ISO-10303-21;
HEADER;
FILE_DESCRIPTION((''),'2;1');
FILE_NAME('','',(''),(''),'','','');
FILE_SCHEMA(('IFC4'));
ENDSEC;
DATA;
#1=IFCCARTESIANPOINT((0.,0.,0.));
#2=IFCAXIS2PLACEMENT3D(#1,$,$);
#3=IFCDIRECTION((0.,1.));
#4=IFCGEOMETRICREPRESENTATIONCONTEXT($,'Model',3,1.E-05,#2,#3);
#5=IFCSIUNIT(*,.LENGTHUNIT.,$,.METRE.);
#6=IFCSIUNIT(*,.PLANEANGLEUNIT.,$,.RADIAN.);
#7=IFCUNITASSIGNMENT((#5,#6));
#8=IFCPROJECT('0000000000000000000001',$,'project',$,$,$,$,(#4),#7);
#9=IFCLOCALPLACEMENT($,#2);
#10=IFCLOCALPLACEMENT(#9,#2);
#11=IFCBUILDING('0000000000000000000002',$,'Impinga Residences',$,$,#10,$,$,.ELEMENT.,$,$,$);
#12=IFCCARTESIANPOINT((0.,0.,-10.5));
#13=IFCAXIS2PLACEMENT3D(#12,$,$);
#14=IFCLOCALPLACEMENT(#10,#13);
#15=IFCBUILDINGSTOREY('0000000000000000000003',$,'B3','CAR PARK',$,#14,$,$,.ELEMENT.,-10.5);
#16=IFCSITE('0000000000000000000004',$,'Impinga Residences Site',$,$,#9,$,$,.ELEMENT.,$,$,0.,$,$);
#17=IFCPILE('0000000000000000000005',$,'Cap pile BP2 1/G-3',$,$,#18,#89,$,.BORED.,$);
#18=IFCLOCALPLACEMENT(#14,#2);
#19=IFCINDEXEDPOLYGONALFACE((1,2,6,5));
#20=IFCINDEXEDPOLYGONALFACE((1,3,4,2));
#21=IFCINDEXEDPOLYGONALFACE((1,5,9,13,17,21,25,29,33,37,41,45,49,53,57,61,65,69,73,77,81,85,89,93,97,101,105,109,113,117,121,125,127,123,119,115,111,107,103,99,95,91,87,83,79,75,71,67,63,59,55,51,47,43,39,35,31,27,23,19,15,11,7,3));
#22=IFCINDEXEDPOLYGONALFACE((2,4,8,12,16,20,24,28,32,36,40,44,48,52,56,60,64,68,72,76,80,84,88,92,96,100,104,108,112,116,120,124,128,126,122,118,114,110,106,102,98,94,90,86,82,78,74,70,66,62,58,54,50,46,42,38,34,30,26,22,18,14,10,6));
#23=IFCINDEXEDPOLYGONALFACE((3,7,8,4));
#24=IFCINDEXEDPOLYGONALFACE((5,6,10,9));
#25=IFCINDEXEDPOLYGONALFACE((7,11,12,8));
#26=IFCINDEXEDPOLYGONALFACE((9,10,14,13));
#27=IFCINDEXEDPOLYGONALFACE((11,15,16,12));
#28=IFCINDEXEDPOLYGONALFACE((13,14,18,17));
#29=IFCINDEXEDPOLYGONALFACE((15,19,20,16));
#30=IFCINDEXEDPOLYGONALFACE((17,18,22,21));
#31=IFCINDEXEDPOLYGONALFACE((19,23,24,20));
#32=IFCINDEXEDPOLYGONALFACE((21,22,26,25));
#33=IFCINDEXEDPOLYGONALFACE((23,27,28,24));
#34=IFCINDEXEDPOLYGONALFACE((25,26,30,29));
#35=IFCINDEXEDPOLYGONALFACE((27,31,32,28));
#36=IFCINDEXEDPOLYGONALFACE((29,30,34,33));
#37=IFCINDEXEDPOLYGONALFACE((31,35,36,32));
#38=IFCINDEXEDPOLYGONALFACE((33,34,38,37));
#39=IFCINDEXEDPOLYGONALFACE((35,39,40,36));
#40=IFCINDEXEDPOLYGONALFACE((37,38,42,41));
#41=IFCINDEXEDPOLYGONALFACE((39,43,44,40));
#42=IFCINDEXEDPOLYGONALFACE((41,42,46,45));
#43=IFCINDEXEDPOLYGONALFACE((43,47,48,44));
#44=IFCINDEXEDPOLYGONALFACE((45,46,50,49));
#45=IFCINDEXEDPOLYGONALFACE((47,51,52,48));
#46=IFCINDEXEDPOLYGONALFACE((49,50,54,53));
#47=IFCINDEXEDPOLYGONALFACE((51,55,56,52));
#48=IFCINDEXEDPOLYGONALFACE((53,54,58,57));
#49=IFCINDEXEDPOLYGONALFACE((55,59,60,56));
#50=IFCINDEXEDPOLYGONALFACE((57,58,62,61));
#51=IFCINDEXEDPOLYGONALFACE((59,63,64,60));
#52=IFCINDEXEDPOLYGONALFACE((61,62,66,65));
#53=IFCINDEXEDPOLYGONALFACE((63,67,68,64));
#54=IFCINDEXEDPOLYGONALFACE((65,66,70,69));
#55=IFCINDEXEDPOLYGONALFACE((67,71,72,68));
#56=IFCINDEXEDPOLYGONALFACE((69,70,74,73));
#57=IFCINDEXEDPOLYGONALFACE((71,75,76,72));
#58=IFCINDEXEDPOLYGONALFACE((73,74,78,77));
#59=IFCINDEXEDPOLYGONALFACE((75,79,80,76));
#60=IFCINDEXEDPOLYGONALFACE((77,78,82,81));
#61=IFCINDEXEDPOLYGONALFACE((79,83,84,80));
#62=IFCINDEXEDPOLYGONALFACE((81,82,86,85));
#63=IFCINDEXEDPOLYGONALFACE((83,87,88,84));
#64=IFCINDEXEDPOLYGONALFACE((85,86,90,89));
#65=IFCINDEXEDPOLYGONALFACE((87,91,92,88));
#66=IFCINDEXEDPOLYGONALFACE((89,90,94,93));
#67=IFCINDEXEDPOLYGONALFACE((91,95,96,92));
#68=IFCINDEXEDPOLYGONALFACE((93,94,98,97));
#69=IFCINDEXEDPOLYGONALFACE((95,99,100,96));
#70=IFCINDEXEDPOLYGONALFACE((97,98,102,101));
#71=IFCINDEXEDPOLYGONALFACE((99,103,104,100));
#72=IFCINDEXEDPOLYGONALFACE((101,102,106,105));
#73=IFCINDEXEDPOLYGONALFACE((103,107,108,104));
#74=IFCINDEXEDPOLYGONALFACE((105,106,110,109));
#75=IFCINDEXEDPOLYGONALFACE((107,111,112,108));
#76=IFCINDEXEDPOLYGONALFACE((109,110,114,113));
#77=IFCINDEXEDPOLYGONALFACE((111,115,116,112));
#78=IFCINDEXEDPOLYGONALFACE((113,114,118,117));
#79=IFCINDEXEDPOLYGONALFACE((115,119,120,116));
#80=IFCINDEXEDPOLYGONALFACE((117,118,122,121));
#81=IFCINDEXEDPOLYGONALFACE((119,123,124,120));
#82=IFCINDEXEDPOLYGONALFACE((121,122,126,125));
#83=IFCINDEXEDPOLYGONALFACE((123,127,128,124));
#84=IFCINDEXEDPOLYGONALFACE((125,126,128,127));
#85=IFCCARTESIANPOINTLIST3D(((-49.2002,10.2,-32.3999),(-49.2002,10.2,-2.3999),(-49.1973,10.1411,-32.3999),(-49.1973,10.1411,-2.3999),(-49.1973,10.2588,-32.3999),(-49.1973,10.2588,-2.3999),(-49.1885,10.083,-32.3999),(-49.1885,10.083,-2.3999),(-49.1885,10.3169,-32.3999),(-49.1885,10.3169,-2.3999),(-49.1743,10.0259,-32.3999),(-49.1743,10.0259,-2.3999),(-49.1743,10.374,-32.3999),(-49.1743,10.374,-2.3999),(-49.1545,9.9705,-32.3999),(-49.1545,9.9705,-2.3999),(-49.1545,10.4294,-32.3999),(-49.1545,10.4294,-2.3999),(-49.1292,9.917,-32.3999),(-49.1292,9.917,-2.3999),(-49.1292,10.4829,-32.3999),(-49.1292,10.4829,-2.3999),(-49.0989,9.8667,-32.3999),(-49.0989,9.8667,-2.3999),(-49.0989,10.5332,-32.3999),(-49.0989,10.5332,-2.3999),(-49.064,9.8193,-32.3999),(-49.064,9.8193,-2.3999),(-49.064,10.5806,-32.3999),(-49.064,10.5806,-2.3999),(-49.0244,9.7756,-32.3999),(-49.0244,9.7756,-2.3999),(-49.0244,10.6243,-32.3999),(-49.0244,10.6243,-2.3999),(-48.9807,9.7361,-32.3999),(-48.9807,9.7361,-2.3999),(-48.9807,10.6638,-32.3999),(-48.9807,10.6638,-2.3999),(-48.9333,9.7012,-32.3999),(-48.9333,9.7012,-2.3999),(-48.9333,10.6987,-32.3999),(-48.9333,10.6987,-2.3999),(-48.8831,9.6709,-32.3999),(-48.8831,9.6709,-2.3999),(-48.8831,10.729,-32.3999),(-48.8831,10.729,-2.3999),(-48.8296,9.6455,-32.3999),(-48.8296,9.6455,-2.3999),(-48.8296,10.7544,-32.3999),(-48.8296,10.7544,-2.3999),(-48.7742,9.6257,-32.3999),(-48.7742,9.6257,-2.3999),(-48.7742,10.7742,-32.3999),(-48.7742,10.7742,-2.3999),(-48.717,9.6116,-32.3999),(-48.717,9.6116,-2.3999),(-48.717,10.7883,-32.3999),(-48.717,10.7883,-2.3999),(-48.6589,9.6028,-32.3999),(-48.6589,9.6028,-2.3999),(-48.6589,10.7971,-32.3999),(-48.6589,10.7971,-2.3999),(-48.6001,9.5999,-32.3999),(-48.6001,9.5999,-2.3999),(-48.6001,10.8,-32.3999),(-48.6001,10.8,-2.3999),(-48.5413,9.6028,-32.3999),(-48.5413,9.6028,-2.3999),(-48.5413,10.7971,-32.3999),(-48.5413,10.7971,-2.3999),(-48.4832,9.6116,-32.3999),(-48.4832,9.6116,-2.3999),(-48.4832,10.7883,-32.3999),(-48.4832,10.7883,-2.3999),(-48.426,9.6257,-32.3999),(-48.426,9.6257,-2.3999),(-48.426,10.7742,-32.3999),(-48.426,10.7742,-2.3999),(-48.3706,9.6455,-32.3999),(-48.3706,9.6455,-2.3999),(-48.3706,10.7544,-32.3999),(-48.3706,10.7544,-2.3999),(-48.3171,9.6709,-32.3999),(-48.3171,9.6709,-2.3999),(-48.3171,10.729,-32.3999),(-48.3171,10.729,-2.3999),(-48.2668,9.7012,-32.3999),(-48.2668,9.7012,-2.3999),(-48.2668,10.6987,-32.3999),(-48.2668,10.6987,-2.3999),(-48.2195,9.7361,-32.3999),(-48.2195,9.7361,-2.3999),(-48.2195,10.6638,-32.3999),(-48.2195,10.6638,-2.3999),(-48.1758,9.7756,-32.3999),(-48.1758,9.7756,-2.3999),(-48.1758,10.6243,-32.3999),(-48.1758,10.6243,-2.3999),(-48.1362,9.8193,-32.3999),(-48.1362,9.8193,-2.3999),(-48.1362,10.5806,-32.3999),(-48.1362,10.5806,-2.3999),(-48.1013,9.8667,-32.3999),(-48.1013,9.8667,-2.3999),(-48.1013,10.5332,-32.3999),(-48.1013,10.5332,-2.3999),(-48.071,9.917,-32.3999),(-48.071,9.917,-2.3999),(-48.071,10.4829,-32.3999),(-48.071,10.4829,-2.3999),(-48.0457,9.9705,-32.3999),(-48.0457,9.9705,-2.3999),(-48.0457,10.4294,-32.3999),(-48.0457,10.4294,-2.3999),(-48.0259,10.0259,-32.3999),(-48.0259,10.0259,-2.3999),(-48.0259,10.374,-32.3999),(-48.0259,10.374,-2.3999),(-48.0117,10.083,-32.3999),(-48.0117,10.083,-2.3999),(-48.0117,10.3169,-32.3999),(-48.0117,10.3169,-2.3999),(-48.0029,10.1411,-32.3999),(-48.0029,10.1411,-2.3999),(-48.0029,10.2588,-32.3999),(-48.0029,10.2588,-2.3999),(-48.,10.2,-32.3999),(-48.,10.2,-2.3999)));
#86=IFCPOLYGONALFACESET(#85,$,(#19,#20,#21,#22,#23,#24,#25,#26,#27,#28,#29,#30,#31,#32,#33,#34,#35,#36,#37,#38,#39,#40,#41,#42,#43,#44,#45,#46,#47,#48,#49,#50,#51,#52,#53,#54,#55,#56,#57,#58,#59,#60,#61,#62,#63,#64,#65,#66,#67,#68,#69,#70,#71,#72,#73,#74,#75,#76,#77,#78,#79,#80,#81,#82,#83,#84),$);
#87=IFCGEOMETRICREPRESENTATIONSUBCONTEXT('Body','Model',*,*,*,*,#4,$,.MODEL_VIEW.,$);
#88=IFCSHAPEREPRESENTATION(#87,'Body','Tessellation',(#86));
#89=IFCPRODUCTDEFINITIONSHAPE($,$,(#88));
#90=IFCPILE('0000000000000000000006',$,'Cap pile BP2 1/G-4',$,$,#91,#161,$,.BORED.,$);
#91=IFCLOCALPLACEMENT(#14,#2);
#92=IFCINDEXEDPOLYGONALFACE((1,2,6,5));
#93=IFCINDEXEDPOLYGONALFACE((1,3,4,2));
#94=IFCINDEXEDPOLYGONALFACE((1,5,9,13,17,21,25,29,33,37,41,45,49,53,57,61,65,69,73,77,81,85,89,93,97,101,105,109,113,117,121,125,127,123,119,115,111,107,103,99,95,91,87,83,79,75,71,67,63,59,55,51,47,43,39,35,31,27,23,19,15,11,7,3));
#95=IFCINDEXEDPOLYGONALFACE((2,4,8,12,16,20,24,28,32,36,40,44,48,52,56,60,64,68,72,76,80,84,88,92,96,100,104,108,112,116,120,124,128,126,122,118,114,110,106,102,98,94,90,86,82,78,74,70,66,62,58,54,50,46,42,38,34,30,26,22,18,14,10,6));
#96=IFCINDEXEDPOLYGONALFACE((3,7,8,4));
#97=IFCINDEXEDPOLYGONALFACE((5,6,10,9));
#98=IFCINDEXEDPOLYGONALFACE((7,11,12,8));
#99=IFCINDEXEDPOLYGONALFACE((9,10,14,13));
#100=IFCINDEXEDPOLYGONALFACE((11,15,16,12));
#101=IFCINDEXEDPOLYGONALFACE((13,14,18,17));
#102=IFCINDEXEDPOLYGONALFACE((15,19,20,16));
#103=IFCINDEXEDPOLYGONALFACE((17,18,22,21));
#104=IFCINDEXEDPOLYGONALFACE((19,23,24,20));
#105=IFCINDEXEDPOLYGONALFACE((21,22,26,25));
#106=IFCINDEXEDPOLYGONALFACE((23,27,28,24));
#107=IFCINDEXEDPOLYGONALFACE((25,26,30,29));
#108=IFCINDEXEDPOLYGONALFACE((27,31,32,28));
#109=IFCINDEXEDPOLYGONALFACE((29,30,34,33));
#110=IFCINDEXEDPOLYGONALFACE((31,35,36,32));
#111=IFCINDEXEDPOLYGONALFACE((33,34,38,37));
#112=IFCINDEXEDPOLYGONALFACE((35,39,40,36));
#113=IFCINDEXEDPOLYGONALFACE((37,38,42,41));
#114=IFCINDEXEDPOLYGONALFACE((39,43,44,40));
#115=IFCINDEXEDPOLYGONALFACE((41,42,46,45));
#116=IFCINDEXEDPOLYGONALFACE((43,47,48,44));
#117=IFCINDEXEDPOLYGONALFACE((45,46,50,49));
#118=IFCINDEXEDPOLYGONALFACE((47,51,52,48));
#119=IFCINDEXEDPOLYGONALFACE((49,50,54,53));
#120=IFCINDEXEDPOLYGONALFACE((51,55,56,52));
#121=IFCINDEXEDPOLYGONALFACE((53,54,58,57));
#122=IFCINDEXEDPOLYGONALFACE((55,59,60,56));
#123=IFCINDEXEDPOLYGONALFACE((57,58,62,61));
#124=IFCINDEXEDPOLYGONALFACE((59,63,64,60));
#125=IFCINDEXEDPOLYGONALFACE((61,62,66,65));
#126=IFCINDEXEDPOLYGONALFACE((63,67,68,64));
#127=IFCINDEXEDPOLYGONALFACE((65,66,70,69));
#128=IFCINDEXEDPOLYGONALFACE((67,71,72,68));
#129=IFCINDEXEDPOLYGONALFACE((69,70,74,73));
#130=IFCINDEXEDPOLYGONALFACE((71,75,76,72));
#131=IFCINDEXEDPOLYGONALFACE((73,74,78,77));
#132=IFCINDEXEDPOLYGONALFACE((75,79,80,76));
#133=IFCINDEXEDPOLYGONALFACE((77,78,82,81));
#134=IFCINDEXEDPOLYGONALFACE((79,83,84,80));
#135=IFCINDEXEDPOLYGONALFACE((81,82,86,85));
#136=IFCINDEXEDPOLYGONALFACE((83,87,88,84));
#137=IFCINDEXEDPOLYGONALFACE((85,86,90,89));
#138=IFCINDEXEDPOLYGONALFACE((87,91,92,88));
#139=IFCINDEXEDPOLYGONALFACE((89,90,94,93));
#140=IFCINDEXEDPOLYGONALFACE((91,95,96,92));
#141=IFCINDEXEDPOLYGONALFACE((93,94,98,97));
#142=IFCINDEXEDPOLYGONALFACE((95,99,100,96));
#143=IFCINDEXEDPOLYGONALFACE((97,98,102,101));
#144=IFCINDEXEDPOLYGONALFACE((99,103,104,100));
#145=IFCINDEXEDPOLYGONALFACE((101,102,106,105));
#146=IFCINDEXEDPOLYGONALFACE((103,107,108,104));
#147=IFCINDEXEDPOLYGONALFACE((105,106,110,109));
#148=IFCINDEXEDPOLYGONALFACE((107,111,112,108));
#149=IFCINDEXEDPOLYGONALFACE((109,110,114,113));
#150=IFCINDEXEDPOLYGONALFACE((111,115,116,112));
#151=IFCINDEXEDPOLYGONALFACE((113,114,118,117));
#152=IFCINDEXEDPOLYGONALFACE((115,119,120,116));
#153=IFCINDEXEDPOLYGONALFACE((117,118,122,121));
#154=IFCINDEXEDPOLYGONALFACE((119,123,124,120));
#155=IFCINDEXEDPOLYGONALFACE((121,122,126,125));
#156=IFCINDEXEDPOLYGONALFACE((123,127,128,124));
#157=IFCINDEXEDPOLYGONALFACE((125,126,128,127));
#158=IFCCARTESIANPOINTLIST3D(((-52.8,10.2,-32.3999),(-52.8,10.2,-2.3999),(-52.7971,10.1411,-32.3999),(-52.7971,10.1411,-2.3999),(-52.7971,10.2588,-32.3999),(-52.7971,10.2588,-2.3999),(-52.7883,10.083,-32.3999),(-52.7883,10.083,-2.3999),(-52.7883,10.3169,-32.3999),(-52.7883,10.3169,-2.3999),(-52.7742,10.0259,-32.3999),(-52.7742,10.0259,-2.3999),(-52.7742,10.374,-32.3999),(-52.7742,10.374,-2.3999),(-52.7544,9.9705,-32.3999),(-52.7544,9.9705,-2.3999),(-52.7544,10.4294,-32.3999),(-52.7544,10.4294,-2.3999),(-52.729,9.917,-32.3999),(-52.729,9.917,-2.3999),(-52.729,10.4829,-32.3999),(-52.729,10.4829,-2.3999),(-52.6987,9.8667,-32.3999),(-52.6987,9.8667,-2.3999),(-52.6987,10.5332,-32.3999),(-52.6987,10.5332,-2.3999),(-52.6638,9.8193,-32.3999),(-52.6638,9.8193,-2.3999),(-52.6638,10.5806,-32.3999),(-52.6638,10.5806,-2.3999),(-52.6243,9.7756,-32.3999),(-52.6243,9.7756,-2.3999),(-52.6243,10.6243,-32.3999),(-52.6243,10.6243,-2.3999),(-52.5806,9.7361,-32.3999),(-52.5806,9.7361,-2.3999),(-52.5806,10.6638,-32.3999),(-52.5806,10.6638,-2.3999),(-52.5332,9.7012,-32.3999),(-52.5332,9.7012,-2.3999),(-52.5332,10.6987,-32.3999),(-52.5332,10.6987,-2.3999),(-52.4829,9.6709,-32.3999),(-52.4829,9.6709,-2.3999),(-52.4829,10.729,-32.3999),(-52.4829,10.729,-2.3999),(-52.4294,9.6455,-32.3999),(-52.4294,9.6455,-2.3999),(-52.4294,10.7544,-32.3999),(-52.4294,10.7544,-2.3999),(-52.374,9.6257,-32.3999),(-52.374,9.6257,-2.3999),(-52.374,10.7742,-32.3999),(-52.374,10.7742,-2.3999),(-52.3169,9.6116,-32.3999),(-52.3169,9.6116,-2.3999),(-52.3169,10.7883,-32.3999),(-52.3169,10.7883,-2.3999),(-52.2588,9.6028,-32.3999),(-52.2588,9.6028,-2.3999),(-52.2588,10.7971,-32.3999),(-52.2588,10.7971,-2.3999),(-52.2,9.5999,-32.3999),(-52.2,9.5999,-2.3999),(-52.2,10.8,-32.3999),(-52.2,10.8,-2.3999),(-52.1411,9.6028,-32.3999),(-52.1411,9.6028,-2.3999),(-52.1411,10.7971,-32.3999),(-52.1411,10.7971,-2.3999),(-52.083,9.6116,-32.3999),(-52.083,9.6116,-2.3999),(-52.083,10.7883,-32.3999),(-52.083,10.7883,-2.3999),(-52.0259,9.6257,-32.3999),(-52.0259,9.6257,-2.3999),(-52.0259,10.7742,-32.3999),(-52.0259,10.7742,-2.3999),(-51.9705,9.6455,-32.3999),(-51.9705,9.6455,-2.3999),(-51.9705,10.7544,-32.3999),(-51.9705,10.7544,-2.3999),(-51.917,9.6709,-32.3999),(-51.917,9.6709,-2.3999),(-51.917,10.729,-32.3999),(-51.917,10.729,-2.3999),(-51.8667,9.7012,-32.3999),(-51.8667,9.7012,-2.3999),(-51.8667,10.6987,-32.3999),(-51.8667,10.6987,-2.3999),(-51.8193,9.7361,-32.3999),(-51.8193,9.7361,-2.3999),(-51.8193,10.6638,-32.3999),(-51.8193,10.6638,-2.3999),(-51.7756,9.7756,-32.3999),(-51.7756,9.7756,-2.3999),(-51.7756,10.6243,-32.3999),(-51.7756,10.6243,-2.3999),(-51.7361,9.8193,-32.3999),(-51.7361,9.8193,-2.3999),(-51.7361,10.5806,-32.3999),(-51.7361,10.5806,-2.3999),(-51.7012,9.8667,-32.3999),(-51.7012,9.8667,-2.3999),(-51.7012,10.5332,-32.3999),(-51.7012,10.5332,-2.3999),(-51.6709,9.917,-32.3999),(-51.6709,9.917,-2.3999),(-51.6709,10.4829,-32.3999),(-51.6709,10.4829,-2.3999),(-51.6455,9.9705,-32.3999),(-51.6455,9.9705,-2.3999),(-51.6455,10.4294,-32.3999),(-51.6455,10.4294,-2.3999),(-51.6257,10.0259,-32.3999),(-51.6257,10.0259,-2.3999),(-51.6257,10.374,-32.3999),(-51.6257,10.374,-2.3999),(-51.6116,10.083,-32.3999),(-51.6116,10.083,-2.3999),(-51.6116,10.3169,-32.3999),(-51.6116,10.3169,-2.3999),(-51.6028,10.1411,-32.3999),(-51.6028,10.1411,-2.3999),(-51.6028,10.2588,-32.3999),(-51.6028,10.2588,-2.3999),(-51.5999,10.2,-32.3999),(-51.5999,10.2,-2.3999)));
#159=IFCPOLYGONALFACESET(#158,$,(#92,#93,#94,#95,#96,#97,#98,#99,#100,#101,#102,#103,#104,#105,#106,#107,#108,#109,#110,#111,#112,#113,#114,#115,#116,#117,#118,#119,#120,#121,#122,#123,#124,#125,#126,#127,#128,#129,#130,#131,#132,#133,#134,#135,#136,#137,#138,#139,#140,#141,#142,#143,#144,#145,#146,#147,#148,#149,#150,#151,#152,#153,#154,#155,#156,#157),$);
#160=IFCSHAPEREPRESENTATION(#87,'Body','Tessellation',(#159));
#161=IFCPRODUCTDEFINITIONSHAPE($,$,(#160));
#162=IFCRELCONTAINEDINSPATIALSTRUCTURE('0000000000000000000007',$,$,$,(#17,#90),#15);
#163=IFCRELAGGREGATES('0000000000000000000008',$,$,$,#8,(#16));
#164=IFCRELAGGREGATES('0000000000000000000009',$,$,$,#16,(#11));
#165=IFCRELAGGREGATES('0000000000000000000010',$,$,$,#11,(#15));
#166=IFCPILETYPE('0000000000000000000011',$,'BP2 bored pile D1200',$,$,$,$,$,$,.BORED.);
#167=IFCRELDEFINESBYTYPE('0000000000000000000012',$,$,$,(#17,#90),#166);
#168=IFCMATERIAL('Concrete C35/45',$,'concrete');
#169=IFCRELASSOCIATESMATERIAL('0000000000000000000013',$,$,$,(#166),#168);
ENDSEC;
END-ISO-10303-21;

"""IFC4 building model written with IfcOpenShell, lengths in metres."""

from ifc_helpers import new_model, si_unit, direction, frame, origin, origin_2d, place, context, subcontext, project, spatial, polyline, circle, outline, extrude, material, material_profile, profile_set, type_object, element, save


model = new_model("IFC4")

# Units and contexts
model_context = context("Model", 3, precision=1e-05, world=origin(), true_north=direction((0.0, 1.0)))
body_context = subcontext(model_context, "Body", "Model", "MODEL_VIEW")
ifc_project = project(units=[si_unit("LENGTHUNIT", "METRE"), si_unit("PLANEANGLEUNIT", "RADIAN")], contexts=[model_context])

# Site, building, storey
site_placement = place(None, origin())
site = spatial("IfcSite", under=ifc_project, at=site_placement, Name="Impinga Residences Site", CompositionType="ELEMENT", RefElevation=0.0)
building_placement = place(site_placement, origin())
building = spatial("IfcBuilding", under=site, at=building_placement, Name="Impinga Residences", CompositionType="ELEMENT")
storey_placement = place(building_placement, frame((0.0, 0.0, -10.5)))
storey = spatial("IfcBuildingStorey", under=building, at=storey_placement, Name="B3", Description="CAR PARK", CompositionType="ELEMENT", Elevation=-10.5)

# Piles
ifc_material_1 = material(Name="Concrete C35/45", Category="concrete")
ifc_material_profile_1 = material_profile(ifc_material_1, circle(Radius=0.6001, at=origin_2d()), Name="D1200")
ifc_profile_set_1 = profile_set([ifc_material_profile_1], Name="Concrete C35/45")
pile_type = type_object("IfcPileType", Name="BP2 bored pile D1200", PredefinedType="BORED", material=ifc_profile_set_1)
pile_1_placement = place(storey_placement, frame((-48.6001, 10.2, -2.3999), z_axis=(0.0, 0.0, -1.0), x_axis=(1.0, 0.0, 0.0)))
element("IfcPile", 1, at=pile_1_placement, inside=storey, type_object=pile_type, Name="Cap pile BP2 1/G-3", PredefinedType="BORED", context=body_context, shape_type="SweptSolid", body=[
    extrude(outline(polyline([(0.6001, 0.0), (0.5972, 0.0588), (0.5884, 0.1169), (0.5742, 0.1741), (0.5544, 0.2295), (0.5291, 0.283), (0.4988, 0.3333), (0.4639, 0.3806), (0.4243, 0.4243), (0.3806, 0.4639), (0.3333, 0.4988), (0.283, 0.5291), (0.2295, 0.5544), (0.1741, 0.5742), (0.1169, 0.5884), (0.0588, 0.5972), (0.0, 0.6001), (-0.0588, 0.5972), (-0.1169, 0.5884), (-0.1741, 0.5742), (-0.2295, 0.5544), (-0.283, 0.5291), (-0.3333, 0.4988), (-0.3806, 0.4639), (-0.4243, 0.4243), (-0.4639, 0.3806), (-0.4988, 0.3333), (-0.5291, 0.283), (-0.5544, 0.2295), (-0.5742, 0.1741), (-0.5884, 0.1169), (-0.5972, 0.0588), (-0.6001, 0.0), (-0.5972, -0.0588), (-0.5884, -0.1169), (-0.5742, -0.1741), (-0.5544, -0.2295), (-0.5291, -0.283), (-0.4988, -0.3333), (-0.4639, -0.3806), (-0.4243, -0.4243), (-0.3806, -0.4639), (-0.3333, -0.4988), (-0.283, -0.5291), (-0.2295, -0.5544), (-0.1741, -0.5742), (-0.1169, -0.5884), (-0.0588, -0.5972), (0.0, -0.6001), (0.0588, -0.5972), (0.1169, -0.5884), (0.1741, -0.5742), (0.2295, -0.5544), (0.283, -0.5291), (0.3333, -0.4988), (0.3806, -0.4639), (0.4243, -0.4243), (0.4639, -0.3806), (0.4988, -0.3333), (0.5291, -0.283), (0.5544, -0.2295), (0.5742, -0.1741), (0.5884, -0.1169), (0.5972, -0.0588), (0.6001, 0.0)])), origin(), (0.0, 0.0, 1.0), 30.0),
])
pile_2_placement = place(storey_placement, frame((-52.2, 10.2, -2.3999), z_axis=(0.0, 0.0, -1.0), x_axis=(1.0, 0.0, 0.0)))
element("IfcPile", 2, at=pile_2_placement, inside=storey, type_object=pile_type, Name="Cap pile BP2 1/G-4", PredefinedType="BORED", context=body_context, shape_type="SweptSolid", body=[
    extrude(outline(polyline([(0.6001, 0.0), (0.5972, 0.0588), (0.5884, 0.1169), (0.5742, 0.1741), (0.5544, 0.2295), (0.5291, 0.283), (0.4988, 0.3333), (0.4639, 0.3806), (0.4243, 0.4243), (0.3806, 0.4639), (0.3333, 0.4988), (0.283, 0.5291), (0.2295, 0.5544), (0.1741, 0.5742), (0.1169, 0.5884), (0.0588, 0.5972), (0.0, 0.6001), (-0.0588, 0.5972), (-0.1169, 0.5884), (-0.1741, 0.5742), (-0.2295, 0.5544), (-0.283, 0.5291), (-0.3333, 0.4988), (-0.3806, 0.4639), (-0.4243, 0.4243), (-0.4639, 0.3806), (-0.4988, 0.3333), (-0.5291, 0.283), (-0.5544, 0.2295), (-0.5742, 0.1741), (-0.5884, 0.1169), (-0.5972, 0.0588), (-0.6001, 0.0), (-0.5972, -0.0588), (-0.5884, -0.1169), (-0.5742, -0.1741), (-0.5544, -0.2295), (-0.5291, -0.283), (-0.4988, -0.3333), (-0.4639, -0.3806), (-0.4243, -0.4243), (-0.3806, -0.4639), (-0.3333, -0.4988), (-0.283, -0.5291), (-0.2295, -0.5544), (-0.1741, -0.5742), (-0.1169, -0.5884), (-0.0588, -0.5972), (0.0, -0.6001), (0.0588, -0.5972), (0.1169, -0.5884), (0.1741, -0.5742), (0.2295, -0.5544), (0.283, -0.5291), (0.3333, -0.4988), (0.3806, -0.4639), (0.4243, -0.4243), (0.4639, -0.3806), (0.4988, -0.3333), (0.5291, -0.283), (0.5544, -0.2295), (0.5742, -0.1741), (0.5884, -0.1169), (0.5972, -0.0588), (0.6001, 0.0)])), origin(), (0.0, 0.0, 1.0), 30.0),
])

save(model, "model.ifc")
